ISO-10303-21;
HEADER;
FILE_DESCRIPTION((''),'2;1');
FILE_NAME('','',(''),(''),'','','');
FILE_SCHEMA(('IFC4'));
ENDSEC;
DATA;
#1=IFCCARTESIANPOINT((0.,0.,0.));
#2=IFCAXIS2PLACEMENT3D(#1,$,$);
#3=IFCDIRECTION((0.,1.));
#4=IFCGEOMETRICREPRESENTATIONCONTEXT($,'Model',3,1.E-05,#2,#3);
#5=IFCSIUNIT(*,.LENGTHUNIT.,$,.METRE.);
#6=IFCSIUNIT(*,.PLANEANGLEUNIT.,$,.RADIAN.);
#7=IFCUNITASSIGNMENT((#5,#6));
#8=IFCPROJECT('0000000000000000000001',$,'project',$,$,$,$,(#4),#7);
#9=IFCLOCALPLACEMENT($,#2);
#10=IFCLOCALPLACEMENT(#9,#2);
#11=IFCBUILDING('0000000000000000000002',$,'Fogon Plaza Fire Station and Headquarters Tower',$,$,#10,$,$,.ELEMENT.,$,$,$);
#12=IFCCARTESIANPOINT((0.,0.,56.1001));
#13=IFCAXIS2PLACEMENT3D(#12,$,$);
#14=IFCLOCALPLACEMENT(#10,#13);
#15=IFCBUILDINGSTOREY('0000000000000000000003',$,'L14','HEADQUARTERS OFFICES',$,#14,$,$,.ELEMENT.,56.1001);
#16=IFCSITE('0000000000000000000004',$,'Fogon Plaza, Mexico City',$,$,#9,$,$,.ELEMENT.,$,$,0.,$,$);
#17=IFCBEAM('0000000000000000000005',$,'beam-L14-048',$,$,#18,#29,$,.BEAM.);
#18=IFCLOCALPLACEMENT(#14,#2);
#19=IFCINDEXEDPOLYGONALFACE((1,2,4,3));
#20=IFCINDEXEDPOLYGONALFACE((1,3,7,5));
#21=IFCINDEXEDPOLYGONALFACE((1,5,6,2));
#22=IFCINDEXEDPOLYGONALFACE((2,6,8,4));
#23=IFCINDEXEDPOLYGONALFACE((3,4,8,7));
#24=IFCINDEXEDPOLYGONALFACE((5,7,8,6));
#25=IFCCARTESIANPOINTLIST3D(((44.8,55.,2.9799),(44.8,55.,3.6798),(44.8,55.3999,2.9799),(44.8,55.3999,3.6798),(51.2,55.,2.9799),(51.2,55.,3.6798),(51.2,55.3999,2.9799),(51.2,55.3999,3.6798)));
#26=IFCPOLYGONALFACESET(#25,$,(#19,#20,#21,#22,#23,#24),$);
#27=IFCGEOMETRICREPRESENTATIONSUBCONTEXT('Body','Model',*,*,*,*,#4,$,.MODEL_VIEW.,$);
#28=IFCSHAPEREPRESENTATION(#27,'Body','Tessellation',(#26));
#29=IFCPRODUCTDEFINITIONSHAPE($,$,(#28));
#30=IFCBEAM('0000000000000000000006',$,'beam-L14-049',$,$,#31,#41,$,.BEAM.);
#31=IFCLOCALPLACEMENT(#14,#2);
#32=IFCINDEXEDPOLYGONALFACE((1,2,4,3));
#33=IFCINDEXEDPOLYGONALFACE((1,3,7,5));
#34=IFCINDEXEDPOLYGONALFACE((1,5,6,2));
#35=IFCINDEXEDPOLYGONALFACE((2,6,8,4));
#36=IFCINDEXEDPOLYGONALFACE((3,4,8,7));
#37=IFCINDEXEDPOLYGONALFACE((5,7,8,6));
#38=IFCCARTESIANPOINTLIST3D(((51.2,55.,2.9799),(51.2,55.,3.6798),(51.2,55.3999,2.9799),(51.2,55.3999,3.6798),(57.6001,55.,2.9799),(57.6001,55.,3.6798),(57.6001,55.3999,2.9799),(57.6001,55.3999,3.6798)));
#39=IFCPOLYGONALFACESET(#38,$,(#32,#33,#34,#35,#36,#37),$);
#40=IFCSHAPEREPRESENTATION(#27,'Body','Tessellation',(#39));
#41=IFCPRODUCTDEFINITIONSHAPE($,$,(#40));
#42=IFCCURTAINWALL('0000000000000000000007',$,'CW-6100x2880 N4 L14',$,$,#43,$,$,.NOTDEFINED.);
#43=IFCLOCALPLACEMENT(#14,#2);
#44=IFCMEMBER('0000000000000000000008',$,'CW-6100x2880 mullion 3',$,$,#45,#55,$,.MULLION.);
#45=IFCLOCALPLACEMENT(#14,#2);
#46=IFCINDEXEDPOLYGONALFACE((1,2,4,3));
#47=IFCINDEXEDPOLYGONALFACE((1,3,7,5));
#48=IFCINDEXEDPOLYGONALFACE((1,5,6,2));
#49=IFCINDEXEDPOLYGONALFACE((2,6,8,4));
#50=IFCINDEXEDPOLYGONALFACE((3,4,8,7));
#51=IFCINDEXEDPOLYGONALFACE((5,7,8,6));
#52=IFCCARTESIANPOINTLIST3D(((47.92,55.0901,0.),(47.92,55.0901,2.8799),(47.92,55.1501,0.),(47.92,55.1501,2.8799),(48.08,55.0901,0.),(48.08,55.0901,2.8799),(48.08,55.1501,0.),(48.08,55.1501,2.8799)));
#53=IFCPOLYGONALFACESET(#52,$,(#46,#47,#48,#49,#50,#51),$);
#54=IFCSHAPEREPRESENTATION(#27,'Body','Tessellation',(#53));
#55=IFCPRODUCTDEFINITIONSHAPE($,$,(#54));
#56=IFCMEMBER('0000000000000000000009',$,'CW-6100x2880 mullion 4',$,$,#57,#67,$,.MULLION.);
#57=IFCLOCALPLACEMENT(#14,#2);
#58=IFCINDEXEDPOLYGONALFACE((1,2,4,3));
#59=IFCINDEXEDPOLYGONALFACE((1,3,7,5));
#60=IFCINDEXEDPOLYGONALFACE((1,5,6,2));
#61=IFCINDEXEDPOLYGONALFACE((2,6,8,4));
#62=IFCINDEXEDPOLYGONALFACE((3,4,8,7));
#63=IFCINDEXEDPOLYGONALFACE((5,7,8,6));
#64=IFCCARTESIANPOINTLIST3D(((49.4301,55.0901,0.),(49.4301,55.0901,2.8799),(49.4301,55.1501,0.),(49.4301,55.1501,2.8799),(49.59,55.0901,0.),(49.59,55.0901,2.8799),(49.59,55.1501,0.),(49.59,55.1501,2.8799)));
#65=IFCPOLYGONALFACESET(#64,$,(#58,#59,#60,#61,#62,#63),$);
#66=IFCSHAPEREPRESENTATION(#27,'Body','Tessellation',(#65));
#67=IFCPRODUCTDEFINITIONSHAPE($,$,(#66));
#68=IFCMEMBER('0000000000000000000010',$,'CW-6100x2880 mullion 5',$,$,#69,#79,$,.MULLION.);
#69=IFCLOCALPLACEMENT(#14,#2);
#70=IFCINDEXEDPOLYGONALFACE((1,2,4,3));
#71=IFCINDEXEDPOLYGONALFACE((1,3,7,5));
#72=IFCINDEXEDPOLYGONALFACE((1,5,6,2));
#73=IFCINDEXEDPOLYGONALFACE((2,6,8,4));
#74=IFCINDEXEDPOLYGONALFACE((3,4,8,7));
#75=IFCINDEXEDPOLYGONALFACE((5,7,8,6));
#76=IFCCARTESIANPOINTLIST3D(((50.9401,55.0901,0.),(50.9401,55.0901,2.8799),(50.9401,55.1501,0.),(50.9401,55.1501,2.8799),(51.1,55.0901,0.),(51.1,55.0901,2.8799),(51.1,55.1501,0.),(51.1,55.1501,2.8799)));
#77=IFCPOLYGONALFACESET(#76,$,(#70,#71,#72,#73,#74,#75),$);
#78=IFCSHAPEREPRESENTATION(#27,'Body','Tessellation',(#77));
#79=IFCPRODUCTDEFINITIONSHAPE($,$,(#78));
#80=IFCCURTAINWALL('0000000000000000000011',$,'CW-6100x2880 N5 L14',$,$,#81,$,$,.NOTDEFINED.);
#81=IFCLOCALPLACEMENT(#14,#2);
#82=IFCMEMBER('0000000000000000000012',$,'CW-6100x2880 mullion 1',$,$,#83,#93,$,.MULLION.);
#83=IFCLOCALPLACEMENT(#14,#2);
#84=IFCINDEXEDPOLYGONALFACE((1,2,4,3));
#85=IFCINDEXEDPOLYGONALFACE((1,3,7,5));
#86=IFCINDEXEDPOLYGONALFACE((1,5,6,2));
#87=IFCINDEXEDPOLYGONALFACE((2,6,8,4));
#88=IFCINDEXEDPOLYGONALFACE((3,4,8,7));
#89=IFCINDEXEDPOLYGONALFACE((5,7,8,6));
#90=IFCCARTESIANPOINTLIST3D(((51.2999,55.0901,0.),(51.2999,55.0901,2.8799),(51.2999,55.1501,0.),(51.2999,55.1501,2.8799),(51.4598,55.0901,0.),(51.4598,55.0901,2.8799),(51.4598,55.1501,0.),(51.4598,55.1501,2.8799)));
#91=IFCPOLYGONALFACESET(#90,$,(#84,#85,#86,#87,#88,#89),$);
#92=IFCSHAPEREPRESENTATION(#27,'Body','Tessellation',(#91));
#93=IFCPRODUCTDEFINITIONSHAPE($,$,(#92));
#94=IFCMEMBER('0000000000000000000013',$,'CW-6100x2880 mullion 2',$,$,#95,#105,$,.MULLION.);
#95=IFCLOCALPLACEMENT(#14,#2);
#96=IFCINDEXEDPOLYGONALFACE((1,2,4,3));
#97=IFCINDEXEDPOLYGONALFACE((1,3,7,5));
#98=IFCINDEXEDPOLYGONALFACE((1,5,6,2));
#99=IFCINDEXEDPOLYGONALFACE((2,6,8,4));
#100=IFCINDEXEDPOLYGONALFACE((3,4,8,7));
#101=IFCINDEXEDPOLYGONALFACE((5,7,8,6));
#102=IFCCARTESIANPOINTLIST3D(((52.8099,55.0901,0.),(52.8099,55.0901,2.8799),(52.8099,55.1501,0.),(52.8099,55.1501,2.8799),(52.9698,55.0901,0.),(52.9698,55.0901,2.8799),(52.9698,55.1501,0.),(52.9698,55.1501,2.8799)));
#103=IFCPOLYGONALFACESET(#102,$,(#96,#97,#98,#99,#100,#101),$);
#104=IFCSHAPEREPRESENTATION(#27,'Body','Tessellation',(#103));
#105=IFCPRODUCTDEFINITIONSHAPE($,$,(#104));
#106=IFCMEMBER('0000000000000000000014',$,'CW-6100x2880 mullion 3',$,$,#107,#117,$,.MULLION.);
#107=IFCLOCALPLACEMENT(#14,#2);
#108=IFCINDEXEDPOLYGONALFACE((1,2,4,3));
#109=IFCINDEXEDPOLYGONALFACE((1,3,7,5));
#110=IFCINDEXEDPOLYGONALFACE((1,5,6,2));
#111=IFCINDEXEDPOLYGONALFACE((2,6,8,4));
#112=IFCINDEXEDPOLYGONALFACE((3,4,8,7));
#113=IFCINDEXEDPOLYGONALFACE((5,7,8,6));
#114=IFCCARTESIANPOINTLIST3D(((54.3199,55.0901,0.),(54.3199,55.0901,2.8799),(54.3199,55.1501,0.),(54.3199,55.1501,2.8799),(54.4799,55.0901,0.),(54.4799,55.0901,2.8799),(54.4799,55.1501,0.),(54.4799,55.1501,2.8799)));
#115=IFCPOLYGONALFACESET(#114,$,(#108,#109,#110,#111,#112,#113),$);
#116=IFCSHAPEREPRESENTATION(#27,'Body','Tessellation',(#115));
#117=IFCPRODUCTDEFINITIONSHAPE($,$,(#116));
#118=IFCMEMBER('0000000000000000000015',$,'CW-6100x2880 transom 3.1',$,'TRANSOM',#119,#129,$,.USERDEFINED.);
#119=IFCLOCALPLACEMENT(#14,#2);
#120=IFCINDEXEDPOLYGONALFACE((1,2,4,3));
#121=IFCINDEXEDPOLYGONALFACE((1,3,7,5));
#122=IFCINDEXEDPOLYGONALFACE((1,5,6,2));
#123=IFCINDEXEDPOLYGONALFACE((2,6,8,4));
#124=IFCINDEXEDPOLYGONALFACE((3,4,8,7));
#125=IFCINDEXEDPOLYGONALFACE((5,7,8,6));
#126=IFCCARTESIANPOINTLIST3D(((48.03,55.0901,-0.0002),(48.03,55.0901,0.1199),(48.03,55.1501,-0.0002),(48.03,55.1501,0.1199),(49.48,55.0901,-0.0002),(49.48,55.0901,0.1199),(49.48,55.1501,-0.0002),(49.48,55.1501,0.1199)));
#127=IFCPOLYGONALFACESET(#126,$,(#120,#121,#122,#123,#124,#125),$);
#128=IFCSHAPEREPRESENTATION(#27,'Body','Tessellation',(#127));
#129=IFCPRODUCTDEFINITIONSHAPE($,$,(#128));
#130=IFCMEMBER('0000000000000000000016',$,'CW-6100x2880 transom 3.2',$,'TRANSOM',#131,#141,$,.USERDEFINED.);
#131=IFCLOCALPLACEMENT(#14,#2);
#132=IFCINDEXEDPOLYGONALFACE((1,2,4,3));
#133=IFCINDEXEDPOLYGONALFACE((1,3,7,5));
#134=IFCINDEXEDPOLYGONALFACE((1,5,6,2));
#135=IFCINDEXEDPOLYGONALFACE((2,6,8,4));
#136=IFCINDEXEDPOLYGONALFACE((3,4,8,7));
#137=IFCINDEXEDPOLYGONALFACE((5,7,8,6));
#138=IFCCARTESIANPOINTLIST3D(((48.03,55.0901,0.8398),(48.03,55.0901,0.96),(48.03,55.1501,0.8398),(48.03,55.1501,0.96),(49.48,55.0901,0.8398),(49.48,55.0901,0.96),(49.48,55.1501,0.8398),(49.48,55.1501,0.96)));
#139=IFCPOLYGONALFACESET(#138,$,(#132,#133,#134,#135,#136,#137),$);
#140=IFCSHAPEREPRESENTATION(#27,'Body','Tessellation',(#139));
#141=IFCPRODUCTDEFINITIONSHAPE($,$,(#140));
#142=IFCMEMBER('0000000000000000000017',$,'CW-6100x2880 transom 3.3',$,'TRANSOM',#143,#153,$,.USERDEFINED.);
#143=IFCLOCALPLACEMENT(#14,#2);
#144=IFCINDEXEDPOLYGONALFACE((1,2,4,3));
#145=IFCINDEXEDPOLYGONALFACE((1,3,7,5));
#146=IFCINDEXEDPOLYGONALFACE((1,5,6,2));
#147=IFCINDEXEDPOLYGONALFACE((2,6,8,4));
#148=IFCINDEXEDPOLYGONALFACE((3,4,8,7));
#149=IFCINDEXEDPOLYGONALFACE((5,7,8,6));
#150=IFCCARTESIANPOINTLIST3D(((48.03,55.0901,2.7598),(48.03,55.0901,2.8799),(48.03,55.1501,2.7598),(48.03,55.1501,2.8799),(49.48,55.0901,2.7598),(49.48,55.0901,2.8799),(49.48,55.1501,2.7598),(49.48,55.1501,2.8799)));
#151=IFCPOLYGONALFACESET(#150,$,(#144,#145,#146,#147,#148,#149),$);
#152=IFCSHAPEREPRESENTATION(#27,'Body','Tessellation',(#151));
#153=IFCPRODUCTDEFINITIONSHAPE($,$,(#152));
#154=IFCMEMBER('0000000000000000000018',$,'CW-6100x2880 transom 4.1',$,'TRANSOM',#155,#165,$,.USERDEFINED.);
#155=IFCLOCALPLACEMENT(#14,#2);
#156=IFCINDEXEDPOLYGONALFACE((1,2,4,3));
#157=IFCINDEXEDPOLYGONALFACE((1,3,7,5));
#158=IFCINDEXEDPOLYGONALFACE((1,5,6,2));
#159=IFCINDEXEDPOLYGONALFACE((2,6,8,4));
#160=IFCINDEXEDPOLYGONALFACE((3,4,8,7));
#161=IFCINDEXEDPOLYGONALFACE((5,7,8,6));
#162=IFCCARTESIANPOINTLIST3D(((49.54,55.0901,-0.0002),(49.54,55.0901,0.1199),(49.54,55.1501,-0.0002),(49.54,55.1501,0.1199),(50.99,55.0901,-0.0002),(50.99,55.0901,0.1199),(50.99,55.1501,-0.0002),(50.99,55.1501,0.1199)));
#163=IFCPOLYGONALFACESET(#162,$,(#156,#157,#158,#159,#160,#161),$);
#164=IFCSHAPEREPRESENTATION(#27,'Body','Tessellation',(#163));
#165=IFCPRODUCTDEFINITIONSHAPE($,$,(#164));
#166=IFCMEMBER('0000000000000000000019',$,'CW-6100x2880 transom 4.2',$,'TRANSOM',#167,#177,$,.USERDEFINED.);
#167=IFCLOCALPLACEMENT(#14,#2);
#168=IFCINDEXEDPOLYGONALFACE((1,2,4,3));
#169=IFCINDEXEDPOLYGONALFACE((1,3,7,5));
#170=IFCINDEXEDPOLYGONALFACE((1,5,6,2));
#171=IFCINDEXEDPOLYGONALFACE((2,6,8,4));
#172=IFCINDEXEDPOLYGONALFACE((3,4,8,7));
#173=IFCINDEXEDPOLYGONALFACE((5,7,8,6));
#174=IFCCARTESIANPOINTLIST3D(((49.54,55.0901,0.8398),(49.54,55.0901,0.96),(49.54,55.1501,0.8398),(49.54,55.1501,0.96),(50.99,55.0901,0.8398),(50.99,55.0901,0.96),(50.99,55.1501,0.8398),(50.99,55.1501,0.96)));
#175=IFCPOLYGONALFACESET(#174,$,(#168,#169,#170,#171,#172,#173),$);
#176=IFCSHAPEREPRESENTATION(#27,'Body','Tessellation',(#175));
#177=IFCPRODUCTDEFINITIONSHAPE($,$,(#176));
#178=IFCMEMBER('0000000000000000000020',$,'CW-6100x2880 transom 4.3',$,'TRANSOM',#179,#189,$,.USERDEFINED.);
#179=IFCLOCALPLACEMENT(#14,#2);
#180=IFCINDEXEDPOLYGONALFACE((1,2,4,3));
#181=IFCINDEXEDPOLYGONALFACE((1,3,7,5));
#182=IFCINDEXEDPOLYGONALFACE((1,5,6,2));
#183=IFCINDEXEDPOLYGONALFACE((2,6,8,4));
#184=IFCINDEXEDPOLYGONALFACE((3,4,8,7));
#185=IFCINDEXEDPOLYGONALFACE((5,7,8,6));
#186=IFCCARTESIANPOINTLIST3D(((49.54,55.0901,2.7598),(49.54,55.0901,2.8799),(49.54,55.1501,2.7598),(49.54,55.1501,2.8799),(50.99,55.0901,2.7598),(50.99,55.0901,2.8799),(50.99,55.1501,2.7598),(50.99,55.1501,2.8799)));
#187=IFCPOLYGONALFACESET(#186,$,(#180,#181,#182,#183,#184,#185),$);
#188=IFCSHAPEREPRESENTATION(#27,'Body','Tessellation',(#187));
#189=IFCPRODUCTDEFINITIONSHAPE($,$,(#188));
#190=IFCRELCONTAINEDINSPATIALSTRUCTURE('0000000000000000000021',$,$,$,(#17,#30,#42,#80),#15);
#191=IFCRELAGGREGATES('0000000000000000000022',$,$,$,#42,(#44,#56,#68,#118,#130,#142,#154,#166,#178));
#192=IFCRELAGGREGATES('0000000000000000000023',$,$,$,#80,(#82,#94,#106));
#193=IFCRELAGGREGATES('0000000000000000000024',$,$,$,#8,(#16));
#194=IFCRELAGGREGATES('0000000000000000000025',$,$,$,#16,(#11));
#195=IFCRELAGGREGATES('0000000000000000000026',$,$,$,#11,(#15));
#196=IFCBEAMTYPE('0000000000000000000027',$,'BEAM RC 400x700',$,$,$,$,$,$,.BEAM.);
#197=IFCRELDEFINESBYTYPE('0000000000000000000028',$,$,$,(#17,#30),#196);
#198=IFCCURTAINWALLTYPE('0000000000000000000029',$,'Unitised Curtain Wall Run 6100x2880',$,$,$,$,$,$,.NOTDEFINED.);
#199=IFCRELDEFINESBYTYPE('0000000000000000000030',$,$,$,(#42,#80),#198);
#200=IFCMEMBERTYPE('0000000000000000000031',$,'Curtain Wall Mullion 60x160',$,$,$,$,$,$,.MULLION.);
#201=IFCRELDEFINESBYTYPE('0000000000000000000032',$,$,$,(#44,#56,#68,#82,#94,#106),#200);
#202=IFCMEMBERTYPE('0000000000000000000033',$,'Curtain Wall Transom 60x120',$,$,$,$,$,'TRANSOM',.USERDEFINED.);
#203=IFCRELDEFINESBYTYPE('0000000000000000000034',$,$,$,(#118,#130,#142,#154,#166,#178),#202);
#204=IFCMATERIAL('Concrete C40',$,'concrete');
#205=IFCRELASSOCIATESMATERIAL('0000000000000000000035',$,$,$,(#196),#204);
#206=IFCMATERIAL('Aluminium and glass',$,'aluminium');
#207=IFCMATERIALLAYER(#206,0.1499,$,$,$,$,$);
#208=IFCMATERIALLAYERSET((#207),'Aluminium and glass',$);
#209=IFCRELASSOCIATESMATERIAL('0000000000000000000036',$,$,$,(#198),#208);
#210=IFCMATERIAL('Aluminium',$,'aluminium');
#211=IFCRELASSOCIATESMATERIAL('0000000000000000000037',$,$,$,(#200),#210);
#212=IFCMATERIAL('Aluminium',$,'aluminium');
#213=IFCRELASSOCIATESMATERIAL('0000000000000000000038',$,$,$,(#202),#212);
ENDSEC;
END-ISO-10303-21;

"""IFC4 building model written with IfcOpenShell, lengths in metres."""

from ifc_helpers import new_model, si_unit, direction, frame, origin, origin_2d, place, context, subcontext, project, spatial, rectangle, extrude, material, layer, layer_set, material_profile, profile_set, type_object, element, aggregate, save


model = new_model("IFC4")

# Units and contexts
model_context = context("Model", 3, precision=1e-05, world=origin(), true_north=direction((0.0, 1.0)))
body_context = subcontext(model_context, "Body", "Model", "MODEL_VIEW")
ifc_project = project(units=[si_unit("LENGTHUNIT", "METRE"), si_unit("PLANEANGLEUNIT", "RADIAN")], contexts=[model_context])

# Site, building, storey
site_placement = place(None, origin())
site = spatial("IfcSite", under=ifc_project, at=site_placement, Name="Fogon Plaza, Mexico City", CompositionType="ELEMENT", RefElevation=0.0)
building_placement = place(site_placement, origin())
building = spatial("IfcBuilding", under=site, at=building_placement, Name="Fogon Plaza Fire Station and Headquarters Tower", CompositionType="ELEMENT")
storey_placement = place(building_placement, frame((0.0, 0.0, 56.1001)))
storey = spatial("IfcBuildingStorey", under=building, at=storey_placement, Name="L14", Description="HEADQUARTERS OFFICES", CompositionType="ELEMENT", Elevation=56.1001)

# Beams
ifc_material_1 = material(Name="Concrete C40", Category="concrete")
ifc_material_profile_1 = material_profile(ifc_material_1, rectangle(XDim=0.3999, YDim=0.7, at=origin_2d()), Name="RC 400x700")
ifc_profile_set_1 = profile_set([ifc_material_profile_1], Name="Concrete C40")
beam_type = type_object("IfcBeamType", Name="BEAM RC 400x700", PredefinedType="BEAM", material=ifc_profile_set_1)
beam_1_placement = place(storey_placement, frame((44.8, 55.2, 3.3298), z_axis=(1.0, 0.0, 0.0), x_axis=(0.0, 1.0, 0.0)))
element("IfcBeam", 1, at=beam_1_placement, inside=storey, type_object=beam_type, Name="beam-L14-048", PredefinedType="BEAM", context=body_context, shape_type="SweptSolid", body=[
    extrude(rectangle(XDim=0.3999, YDim=0.7, at=origin_2d()), origin(), (0.0, 0.0, 1.0), 6.3999),
])
beam_2_placement = place(storey_placement, frame((51.2, 55.2, 3.3298), z_axis=(1.0, 0.0, 0.0), x_axis=(0.0, 1.0, 0.0)))
element("IfcBeam", 2, at=beam_2_placement, inside=storey, type_object=beam_type, Name="beam-L14-049", PredefinedType="BEAM", context=body_context, shape_type="SweptSolid", body=[
    extrude(rectangle(XDim=0.3999, YDim=0.7, at=origin_2d()), origin(), (0.0, 0.0, 1.0), 6.4001),
])

# Curtain walls, members
ifc_material_2 = material(Name="Aluminium and glass", Category="aluminium")
ifc_layer_1 = layer(ifc_material_2, 0.1499)
ifc_layer_set_1 = layer_set([ifc_layer_1], Name="Aluminium and glass")
curtain_wall_type = type_object("IfcCurtainWallType", Name="Unitised Curtain Wall Run 6100x2880", PredefinedType="NOTDEFINED", material=ifc_layer_set_1)
curtain_wall_1_placement = place(storey_placement, origin())
curtain_wall_1 = element("IfcCurtainWall", 3, at=curtain_wall_1_placement, inside=storey, type_object=curtain_wall_type, Name="CW-6100x2880 N4 L14", PredefinedType="NOTDEFINED")
ifc_material_3 = material(Name="Aluminium", Category="aluminium")
ifc_material_profile_2 = material_profile(ifc_material_3, rectangle(XDim=0.0601, YDim=0.1599, at=origin_2d()), Name="Curtain Wall Mullion 60x160")
ifc_profile_set_2 = profile_set([ifc_material_profile_2], Name="Aluminium")
member_type_1 = type_object("IfcMemberType", Name="Curtain Wall Mullion 60x160", PredefinedType="MULLION", material=ifc_profile_set_2)
member_1_placement = place(storey_placement, frame((48.0, 55.1201, 0.0), z_axis=(0.0, 0.0, 1.0), x_axis=(0.0, 1.0, 0.0)))
member_1 = element("IfcMember", 4, at=member_1_placement, type_object=member_type_1, Name="CW-6100x2880 mullion 3", PredefinedType="MULLION", context=body_context, shape_type="SweptSolid", body=[
    extrude(rectangle(XDim=0.0601, YDim=0.1599, at=origin_2d()), origin(), (0.0, 0.0, 1.0), 2.8799),
])
member_2_placement = place(storey_placement, frame((49.51, 55.1201, 0.0), z_axis=(0.0, 0.0, 1.0), x_axis=(0.0, 1.0, 0.0)))
member_2 = element("IfcMember", 5, at=member_2_placement, type_object=member_type_1, Name="CW-6100x2880 mullion 4", PredefinedType="MULLION", context=body_context, shape_type="SweptSolid", body=[
    extrude(rectangle(XDim=0.0601, YDim=0.1599, at=origin_2d()), origin(), (0.0, 0.0, 1.0), 2.8799),
])
member_3_placement = place(storey_placement, frame((51.02, 55.1201, 0.0), z_axis=(0.0, 0.0, 1.0), x_axis=(0.0, 1.0, 0.0)))
member_3 = element("IfcMember", 6, at=member_3_placement, type_object=member_type_1, Name="CW-6100x2880 mullion 5", PredefinedType="MULLION", context=body_context, shape_type="SweptSolid", body=[
    extrude(rectangle(XDim=0.0601, YDim=0.1599, at=origin_2d()), origin(), (0.0, 0.0, 1.0), 2.8799),
])
curtain_wall_2_placement = place(storey_placement, origin())
curtain_wall_2 = element("IfcCurtainWall", 7, at=curtain_wall_2_placement, inside=storey, type_object=curtain_wall_type, Name="CW-6100x2880 N5 L14", PredefinedType="NOTDEFINED")
member_4_placement = place(storey_placement, frame((51.3799, 55.1201, 0.0), z_axis=(0.0, 0.0, 1.0), x_axis=(0.0, 1.0, 0.0)))
member_4 = element("IfcMember", 8, at=member_4_placement, type_object=member_type_1, Name="CW-6100x2880 mullion 1", PredefinedType="MULLION", context=body_context, shape_type="SweptSolid", body=[
    extrude(rectangle(XDim=0.0601, YDim=0.1599, at=origin_2d()), origin(), (0.0, 0.0, 1.0), 2.8799),
])
member_5_placement = place(storey_placement, frame((52.8899, 55.1201, 0.0), z_axis=(0.0, 0.0, 1.0), x_axis=(0.0, 1.0, 0.0)))
member_5 = element("IfcMember", 9, at=member_5_placement, type_object=member_type_1, Name="CW-6100x2880 mullion 2", PredefinedType="MULLION", context=body_context, shape_type="SweptSolid", body=[
    extrude(rectangle(XDim=0.0601, YDim=0.1599, at=origin_2d()), origin(), (0.0, 0.0, 1.0), 2.8799),
])
member_6_placement = place(storey_placement, frame((54.3999, 55.1201, 0.0), z_axis=(0.0, 0.0, 1.0), x_axis=(0.0, 1.0, 0.0)))
member_6 = element("IfcMember", 10, at=member_6_placement, type_object=member_type_1, Name="CW-6100x2880 mullion 3", PredefinedType="MULLION", context=body_context, shape_type="SweptSolid", body=[
    extrude(rectangle(XDim=0.0601, YDim=0.1599, at=origin_2d()), origin(), (0.0, 0.0, 1.0), 2.8799),
])

# Members
ifc_material_4 = material(Name="Aluminium", Category="aluminium")
ifc_material_profile_3 = material_profile(ifc_material_4, rectangle(XDim=0.0601, YDim=0.1201, at=origin_2d()), Name="Curtain Wall Transom 60x120")
ifc_profile_set_3 = profile_set([ifc_material_profile_3], Name="Aluminium")
member_type_2 = type_object("IfcMemberType", Name="Curtain Wall Transom 60x120", ElementType="TRANSOM", PredefinedType="USERDEFINED", material=ifc_profile_set_3)
member_7_placement = place(storey_placement, frame((48.03, 55.1201, 0.0598), z_axis=(1.0, 0.0, 0.0), x_axis=(0.0, 1.0, 0.0)))
member_7 = element("IfcMember", 11, at=member_7_placement, type_object=member_type_2, Name="CW-6100x2880 transom 3.1", ObjectType="TRANSOM", PredefinedType="USERDEFINED", context=body_context, shape_type="SweptSolid", body=[
    extrude(rectangle(XDim=0.0601, YDim=0.1201, at=origin_2d()), origin(), (0.0, 0.0, 1.0), 1.45),
])
member_8_placement = place(storey_placement, frame((48.03, 55.1201, 0.8999), z_axis=(1.0, 0.0, 0.0), x_axis=(0.0, 1.0, 0.0)))
member_8 = element("IfcMember", 12, at=member_8_placement, type_object=member_type_2, Name="CW-6100x2880 transom 3.2", ObjectType="TRANSOM", PredefinedType="USERDEFINED", context=body_context, shape_type="SweptSolid", body=[
    extrude(rectangle(XDim=0.0601, YDim=0.1201, at=origin_2d()), origin(), (0.0, 0.0, 1.0), 1.45),
])
member_9_placement = place(storey_placement, frame((48.03, 55.1201, 2.8198), z_axis=(1.0, 0.0, 0.0), x_axis=(0.0, 1.0, 0.0)))
member_9 = element("IfcMember", 13, at=member_9_placement, type_object=member_type_2, Name="CW-6100x2880 transom 3.3", ObjectType="TRANSOM", PredefinedType="USERDEFINED", context=body_context, shape_type="SweptSolid", body=[
    extrude(rectangle(XDim=0.0601, YDim=0.1201, at=origin_2d()), origin(), (0.0, 0.0, 1.0), 1.45),
])
member_10_placement = place(storey_placement, frame((49.54, 55.1201, 0.0598), z_axis=(1.0, 0.0, 0.0), x_axis=(0.0, 1.0, 0.0)))
member_10 = element("IfcMember", 14, at=member_10_placement, type_object=member_type_2, Name="CW-6100x2880 transom 4.1", ObjectType="TRANSOM", PredefinedType="USERDEFINED", context=body_context, shape_type="SweptSolid", body=[
    extrude(rectangle(XDim=0.0601, YDim=0.1201, at=origin_2d()), origin(), (0.0, 0.0, 1.0), 1.45),
])
member_11_placement = place(storey_placement, frame((49.54, 55.1201, 0.8999), z_axis=(1.0, 0.0, 0.0), x_axis=(0.0, 1.0, 0.0)))
member_11 = element("IfcMember", 15, at=member_11_placement, type_object=member_type_2, Name="CW-6100x2880 transom 4.2", ObjectType="TRANSOM", PredefinedType="USERDEFINED", context=body_context, shape_type="SweptSolid", body=[
    extrude(rectangle(XDim=0.0601, YDim=0.1201, at=origin_2d()), origin(), (0.0, 0.0, 1.0), 1.45),
])
member_12_placement = place(storey_placement, frame((49.54, 55.1201, 2.8198), z_axis=(1.0, 0.0, 0.0), x_axis=(0.0, 1.0, 0.0)))
member_12 = element("IfcMember", 16, at=member_12_placement, type_object=member_type_2, Name="CW-6100x2880 transom 4.3", ObjectType="TRANSOM", PredefinedType="USERDEFINED", context=body_context, shape_type="SweptSolid", body=[
    extrude(rectangle(XDim=0.0601, YDim=0.1201, at=origin_2d()), origin(), (0.0, 0.0, 1.0), 1.45),
])

aggregate(curtain_wall_1, [member_1, member_2, member_3, member_7, member_8, member_9, member_10, member_11, member_12])
aggregate(curtain_wall_2, [member_4, member_5, member_6])

save(model, "model.ifc")
